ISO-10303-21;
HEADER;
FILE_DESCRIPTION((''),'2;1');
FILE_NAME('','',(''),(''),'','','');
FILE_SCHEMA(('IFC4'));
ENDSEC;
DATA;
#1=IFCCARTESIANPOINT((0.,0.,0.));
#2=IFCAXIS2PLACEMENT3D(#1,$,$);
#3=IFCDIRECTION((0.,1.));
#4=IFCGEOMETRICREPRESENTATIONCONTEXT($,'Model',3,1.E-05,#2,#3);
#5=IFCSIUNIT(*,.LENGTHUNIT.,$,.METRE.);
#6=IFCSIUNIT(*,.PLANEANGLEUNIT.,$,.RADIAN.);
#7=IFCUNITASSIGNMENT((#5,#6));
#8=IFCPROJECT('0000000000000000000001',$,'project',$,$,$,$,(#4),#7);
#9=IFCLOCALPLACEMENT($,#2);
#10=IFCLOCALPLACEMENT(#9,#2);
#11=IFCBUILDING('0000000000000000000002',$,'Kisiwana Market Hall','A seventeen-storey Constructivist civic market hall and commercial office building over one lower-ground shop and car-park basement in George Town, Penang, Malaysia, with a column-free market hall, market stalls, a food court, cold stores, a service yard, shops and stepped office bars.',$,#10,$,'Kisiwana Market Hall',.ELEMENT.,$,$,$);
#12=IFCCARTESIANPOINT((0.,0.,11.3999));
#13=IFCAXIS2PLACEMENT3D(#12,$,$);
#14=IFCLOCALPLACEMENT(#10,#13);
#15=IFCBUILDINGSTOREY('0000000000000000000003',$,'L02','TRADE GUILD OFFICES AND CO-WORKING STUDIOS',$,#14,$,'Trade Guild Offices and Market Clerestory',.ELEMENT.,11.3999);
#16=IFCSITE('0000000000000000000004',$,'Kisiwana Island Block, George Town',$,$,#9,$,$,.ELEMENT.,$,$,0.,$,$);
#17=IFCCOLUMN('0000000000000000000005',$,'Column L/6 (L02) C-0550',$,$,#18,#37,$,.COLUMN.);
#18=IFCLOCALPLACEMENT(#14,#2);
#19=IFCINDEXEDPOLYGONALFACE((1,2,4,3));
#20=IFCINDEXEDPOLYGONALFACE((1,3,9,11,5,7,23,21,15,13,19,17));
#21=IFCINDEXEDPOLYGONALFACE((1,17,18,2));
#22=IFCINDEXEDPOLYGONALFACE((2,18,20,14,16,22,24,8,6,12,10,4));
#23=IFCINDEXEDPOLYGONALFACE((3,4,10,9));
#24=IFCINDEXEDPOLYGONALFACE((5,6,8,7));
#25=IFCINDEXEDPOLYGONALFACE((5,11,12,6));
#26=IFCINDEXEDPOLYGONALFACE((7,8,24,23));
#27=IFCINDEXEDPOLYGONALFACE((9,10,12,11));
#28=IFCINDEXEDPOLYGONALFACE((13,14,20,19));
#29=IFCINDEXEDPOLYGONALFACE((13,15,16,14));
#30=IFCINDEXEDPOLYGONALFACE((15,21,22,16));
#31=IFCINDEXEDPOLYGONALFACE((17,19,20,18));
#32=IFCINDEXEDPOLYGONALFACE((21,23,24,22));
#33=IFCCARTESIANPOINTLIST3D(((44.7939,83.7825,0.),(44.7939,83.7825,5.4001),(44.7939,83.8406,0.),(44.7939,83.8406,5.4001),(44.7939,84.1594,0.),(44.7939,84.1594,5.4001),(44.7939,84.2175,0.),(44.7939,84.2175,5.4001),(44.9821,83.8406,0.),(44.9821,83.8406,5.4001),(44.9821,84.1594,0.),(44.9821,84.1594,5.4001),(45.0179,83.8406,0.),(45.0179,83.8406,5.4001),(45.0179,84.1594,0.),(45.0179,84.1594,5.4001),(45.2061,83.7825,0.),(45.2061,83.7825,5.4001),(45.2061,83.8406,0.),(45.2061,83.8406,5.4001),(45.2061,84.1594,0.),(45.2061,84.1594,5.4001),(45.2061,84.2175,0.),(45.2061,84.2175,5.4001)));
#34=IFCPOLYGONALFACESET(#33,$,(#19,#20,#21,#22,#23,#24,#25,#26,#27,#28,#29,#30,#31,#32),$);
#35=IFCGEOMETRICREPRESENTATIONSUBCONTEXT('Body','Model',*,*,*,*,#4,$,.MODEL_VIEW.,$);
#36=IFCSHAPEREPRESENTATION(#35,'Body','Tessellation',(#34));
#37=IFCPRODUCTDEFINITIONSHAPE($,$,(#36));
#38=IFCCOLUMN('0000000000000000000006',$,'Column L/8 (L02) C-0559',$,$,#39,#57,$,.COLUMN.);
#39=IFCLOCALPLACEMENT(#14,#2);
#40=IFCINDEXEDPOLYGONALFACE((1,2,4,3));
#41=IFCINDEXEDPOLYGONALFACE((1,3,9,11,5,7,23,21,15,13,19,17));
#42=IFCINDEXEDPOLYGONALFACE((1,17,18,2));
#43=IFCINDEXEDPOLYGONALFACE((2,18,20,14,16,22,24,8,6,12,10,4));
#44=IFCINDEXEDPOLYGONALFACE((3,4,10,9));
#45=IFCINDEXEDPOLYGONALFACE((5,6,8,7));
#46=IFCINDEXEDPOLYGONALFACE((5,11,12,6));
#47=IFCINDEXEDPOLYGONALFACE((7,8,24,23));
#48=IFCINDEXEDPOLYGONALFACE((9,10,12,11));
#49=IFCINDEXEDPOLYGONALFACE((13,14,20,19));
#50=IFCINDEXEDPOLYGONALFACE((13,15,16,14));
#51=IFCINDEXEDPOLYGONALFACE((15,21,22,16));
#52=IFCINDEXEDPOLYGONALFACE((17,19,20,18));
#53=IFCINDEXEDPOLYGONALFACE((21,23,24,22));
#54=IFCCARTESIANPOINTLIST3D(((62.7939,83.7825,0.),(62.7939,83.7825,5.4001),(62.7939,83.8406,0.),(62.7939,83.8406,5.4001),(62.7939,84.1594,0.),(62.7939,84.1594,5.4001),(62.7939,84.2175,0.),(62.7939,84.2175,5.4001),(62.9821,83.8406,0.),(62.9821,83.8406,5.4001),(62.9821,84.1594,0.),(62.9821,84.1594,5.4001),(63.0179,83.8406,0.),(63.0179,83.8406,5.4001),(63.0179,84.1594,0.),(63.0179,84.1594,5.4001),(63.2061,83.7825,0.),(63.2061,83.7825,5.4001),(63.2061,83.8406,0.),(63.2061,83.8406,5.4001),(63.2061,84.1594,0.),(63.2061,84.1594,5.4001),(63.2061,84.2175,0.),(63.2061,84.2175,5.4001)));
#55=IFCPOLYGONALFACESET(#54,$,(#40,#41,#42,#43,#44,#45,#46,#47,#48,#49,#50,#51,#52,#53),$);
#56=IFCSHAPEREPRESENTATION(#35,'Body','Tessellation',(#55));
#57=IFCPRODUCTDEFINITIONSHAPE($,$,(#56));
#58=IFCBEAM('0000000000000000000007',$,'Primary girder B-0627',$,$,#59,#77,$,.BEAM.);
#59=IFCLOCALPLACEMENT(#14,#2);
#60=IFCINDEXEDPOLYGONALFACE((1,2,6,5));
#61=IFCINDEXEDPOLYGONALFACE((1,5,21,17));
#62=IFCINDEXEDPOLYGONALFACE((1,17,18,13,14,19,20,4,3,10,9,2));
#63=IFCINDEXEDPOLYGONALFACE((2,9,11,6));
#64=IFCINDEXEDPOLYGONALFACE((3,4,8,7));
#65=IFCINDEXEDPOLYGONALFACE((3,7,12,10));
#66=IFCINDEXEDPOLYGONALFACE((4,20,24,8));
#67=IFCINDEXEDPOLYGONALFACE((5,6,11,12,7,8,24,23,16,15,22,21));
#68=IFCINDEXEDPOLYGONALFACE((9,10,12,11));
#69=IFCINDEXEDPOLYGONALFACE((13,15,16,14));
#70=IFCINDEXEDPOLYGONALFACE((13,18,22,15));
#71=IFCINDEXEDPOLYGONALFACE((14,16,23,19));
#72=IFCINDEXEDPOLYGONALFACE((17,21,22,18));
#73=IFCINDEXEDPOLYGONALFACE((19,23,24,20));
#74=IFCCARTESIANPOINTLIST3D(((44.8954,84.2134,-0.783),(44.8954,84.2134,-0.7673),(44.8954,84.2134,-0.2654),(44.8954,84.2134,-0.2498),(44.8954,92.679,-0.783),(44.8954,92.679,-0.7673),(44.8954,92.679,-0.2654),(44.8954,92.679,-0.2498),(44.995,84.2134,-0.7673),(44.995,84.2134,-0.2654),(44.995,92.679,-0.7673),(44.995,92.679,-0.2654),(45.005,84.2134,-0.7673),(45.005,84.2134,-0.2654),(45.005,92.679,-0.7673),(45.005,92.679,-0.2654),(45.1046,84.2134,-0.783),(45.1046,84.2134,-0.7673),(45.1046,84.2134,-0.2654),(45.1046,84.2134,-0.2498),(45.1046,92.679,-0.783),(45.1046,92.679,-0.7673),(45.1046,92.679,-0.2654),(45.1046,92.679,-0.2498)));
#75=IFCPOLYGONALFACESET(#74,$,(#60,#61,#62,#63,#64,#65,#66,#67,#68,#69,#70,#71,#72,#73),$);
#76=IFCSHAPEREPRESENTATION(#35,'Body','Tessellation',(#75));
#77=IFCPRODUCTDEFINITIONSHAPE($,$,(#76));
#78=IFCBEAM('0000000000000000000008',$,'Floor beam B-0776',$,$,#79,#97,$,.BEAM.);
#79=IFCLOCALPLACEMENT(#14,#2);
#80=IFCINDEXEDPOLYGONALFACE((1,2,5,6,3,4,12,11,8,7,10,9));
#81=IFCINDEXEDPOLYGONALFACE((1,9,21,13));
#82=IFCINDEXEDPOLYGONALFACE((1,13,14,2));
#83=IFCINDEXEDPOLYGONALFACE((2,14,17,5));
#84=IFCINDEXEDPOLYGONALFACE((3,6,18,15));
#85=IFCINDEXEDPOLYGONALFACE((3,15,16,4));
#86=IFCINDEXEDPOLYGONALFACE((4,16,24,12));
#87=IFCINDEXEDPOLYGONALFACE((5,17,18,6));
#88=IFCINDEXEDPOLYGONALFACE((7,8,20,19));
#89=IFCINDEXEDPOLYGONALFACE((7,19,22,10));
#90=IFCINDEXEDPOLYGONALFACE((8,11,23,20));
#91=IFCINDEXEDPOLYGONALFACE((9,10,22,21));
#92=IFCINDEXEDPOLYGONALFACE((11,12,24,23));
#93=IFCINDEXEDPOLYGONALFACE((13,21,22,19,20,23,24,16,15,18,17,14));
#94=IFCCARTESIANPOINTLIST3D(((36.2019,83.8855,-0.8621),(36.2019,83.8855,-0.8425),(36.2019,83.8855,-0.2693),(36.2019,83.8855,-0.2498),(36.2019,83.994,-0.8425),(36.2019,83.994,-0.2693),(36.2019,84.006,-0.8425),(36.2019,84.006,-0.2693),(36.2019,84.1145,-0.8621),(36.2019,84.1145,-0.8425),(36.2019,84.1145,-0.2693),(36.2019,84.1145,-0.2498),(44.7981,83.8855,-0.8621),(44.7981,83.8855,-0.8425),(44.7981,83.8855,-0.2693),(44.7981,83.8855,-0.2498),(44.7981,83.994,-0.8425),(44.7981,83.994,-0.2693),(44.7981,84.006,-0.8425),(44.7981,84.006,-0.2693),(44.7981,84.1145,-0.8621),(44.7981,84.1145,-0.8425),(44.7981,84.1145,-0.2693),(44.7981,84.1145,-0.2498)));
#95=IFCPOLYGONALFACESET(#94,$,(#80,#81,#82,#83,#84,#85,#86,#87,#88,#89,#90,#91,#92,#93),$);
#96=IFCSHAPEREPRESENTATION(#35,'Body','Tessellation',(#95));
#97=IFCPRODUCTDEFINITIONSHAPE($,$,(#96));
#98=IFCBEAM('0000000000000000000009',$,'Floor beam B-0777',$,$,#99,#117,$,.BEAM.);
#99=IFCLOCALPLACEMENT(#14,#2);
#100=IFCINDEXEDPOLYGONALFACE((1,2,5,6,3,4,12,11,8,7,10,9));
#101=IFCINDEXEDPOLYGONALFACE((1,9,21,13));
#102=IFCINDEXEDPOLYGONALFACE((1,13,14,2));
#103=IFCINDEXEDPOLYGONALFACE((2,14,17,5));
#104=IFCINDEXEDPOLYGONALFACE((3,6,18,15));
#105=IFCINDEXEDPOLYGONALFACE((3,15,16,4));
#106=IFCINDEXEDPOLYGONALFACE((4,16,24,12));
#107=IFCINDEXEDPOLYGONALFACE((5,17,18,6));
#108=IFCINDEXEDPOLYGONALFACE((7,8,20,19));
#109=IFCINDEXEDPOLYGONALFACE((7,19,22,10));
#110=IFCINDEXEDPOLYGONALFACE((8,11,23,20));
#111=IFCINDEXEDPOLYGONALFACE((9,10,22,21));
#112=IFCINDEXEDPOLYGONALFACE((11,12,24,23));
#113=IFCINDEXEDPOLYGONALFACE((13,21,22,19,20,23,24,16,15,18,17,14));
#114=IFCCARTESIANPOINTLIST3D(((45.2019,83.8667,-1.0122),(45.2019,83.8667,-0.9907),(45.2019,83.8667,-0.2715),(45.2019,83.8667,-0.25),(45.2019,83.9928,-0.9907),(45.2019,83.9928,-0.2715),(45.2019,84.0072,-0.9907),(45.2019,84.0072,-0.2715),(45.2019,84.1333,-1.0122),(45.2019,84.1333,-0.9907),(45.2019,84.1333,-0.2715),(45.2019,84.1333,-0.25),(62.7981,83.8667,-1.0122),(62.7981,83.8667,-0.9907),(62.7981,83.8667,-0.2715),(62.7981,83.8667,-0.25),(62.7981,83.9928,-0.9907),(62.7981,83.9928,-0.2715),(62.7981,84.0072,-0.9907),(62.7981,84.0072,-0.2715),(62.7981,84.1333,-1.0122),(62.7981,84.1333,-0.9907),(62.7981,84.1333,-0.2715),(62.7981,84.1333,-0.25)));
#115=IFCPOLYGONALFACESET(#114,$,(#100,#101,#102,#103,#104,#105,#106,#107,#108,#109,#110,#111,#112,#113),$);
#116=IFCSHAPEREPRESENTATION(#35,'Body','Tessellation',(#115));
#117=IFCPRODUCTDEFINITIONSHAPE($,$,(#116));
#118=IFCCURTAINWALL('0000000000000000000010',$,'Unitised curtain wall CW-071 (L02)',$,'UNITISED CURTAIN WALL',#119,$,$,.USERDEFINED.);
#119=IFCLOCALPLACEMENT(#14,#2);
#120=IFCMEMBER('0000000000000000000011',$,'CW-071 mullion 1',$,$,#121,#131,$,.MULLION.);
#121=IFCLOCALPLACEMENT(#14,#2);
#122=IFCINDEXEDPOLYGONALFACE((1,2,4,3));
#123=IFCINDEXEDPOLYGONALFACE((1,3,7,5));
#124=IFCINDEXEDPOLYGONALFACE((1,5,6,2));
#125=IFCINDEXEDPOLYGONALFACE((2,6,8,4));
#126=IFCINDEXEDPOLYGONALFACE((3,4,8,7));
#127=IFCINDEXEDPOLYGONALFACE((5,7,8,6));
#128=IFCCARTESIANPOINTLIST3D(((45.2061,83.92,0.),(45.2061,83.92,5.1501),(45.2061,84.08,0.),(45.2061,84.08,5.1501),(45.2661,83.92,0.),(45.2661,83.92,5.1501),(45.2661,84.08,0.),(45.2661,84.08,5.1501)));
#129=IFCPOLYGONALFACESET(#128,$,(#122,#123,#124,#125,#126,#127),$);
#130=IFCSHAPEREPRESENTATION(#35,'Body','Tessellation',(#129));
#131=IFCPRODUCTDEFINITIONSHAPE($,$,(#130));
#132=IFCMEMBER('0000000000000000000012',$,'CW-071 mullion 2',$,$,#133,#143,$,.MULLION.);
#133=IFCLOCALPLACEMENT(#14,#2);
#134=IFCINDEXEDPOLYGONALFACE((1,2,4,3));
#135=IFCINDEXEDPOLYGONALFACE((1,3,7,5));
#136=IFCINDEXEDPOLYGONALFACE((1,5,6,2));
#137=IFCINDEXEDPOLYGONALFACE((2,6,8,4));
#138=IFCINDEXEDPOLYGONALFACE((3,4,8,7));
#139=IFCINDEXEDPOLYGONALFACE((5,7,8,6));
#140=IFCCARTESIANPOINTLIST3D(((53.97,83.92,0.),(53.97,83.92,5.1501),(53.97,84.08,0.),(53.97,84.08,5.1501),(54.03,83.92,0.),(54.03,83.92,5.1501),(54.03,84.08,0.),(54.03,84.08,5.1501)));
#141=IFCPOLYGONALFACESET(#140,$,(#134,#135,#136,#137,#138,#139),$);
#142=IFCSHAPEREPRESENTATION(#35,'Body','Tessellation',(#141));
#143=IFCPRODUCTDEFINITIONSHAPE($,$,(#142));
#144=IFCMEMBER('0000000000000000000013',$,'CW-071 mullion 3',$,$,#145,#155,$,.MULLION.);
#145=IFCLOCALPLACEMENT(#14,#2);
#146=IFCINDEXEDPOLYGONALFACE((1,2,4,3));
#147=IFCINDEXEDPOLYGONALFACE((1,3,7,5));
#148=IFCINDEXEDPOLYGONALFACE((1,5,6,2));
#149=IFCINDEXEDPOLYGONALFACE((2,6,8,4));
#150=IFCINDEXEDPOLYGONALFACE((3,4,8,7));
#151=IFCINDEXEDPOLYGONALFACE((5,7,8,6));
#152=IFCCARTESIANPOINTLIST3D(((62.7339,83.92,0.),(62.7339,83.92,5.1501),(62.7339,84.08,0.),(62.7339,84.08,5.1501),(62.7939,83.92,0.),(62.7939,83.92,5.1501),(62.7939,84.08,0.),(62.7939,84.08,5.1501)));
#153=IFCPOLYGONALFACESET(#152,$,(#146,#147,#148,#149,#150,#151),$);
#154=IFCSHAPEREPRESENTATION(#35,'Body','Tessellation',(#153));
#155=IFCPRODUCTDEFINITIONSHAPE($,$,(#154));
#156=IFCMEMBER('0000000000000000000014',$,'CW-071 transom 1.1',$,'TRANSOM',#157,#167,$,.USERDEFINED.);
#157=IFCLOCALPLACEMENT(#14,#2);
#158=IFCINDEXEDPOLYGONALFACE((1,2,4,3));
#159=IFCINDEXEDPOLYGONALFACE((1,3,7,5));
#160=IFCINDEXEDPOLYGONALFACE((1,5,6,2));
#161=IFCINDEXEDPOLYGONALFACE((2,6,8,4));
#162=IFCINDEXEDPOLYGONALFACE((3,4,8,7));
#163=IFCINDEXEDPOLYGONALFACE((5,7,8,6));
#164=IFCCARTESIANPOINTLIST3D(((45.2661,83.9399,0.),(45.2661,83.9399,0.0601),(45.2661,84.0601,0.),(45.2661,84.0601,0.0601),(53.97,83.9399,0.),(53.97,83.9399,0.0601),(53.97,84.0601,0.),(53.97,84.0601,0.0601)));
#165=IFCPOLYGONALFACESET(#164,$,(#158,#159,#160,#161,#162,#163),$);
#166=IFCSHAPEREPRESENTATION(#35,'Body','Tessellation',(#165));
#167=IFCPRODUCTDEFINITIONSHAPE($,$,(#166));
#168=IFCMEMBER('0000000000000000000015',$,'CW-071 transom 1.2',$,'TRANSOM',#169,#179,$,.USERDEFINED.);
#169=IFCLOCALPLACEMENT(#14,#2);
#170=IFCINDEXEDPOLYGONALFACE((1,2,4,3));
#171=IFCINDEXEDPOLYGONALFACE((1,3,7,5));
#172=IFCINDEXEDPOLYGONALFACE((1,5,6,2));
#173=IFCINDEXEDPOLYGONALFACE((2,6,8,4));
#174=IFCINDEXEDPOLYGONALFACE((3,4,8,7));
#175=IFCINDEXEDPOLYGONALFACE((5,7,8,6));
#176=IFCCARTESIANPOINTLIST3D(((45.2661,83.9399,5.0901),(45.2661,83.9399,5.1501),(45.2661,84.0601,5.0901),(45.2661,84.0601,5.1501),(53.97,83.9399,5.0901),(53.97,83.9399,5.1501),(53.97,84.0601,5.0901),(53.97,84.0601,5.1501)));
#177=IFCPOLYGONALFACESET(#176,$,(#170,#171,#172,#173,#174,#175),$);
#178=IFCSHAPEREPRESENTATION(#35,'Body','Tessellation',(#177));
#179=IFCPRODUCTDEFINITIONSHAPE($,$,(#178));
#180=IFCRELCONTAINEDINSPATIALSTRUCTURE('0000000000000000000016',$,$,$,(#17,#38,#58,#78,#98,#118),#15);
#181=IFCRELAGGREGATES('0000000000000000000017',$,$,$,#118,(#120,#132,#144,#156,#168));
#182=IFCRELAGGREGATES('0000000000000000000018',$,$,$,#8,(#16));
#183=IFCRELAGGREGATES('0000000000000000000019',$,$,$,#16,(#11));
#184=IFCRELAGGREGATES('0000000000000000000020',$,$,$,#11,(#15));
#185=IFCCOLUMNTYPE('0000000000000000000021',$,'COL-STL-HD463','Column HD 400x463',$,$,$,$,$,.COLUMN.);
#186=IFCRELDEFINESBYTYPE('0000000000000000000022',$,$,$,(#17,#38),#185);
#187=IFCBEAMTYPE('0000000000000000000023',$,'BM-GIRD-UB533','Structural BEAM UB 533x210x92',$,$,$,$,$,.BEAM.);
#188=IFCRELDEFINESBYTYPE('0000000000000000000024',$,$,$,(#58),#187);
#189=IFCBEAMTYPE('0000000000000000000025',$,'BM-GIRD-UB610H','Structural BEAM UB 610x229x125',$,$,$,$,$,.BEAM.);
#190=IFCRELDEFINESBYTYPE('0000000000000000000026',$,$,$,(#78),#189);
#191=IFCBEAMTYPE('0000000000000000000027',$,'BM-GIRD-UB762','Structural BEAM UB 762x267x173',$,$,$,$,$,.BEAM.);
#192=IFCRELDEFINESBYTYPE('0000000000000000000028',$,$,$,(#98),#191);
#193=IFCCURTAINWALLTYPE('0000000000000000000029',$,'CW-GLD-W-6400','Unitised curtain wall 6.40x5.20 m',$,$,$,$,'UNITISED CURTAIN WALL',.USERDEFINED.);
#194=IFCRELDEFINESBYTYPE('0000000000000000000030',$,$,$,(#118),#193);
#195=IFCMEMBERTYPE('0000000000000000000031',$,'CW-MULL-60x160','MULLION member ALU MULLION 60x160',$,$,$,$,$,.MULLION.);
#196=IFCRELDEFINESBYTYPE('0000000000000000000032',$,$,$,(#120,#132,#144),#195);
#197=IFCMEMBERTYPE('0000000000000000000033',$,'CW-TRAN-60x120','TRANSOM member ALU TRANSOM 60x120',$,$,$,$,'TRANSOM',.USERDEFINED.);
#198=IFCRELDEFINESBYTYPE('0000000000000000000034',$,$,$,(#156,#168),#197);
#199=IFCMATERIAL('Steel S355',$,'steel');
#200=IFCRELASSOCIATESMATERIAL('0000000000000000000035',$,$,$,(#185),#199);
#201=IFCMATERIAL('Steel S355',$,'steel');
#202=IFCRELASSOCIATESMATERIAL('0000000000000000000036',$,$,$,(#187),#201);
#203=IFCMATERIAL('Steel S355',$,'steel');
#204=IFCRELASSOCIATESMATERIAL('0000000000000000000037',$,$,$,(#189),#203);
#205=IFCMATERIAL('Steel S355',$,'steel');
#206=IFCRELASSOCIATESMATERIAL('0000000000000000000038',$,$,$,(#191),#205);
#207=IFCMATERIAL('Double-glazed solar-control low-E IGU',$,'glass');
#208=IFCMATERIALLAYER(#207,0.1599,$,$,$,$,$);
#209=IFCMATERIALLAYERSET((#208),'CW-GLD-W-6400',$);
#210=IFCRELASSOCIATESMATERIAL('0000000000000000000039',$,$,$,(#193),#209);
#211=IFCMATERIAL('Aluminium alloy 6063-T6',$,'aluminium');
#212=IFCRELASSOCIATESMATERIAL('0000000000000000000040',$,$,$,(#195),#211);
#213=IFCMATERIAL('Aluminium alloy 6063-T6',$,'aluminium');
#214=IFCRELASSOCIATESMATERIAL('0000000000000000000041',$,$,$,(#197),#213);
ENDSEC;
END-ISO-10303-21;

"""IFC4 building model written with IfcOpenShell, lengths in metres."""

from ifc_helpers import new_model, si_unit, direction, frame, origin, origin_2d, place, context, subcontext, project, spatial, rectangle, i_section, extrude, material, layer, layer_set, material_profile, profile_set, type_object, element, aggregate, save


model = new_model("IFC4")

# Units and contexts
model_context = context("Model", 3, precision=1e-05, world=origin(), true_north=direction((0.0, 1.0)))
body_context = subcontext(model_context, "Body", "Model", "MODEL_VIEW")
ifc_project = project(units=[si_unit("LENGTHUNIT", "METRE"), si_unit("PLANEANGLEUNIT", "RADIAN")], contexts=[model_context])

# Site, building, storey
site_placement = place(None, origin())
site = spatial("IfcSite", under=ifc_project, at=site_placement, Name="Kisiwana Island Block, George Town", CompositionType="ELEMENT", RefElevation=0.0)
building_placement = place(site_placement, origin())
building = spatial("IfcBuilding", under=site, at=building_placement, Name="Kisiwana Market Hall", Description="A seventeen-storey Constructivist civic market hall and commercial office building over one lower-ground shop and car-park basement in George Town, Penang, Malaysia, with a column-free market hall, market stalls, a food court, cold stores, a service yard, shops and stepped office bars.", LongName="Kisiwana Market Hall", CompositionType="ELEMENT")
storey_placement = place(building_placement, frame((0.0, 0.0, 11.3999)))
storey = spatial("IfcBuildingStorey", under=building, at=storey_placement, Name="L02", Description="TRADE GUILD OFFICES AND CO-WORKING STUDIOS", LongName="Trade Guild Offices and Market Clerestory", CompositionType="ELEMENT", Elevation=11.3999)

# Columns
ifc_material_1 = material(Name="Steel S355", Category="steel")
ifc_material_profile_1 = material_profile(ifc_material_1, i_section(OverallWidth=0.4121, OverallDepth=0.4351, WebThickness=0.0359, FlangeThickness=0.0581, at=origin_2d()), Name="HD 400x463")
ifc_profile_set_1 = profile_set([ifc_material_profile_1], Name="Steel S355")
column_type = type_object("IfcColumnType", Name="COL-STL-HD463", Description="Column HD 400x463", PredefinedType="COLUMN", material=ifc_profile_set_1)
for number, where, z_axis, x_axis, name in (
    (1, (45.0, 84.0, 0.0), (0.0, 0.0, 1.0), (1.0, 0.0, 0.0), "Column L/6 (L02) C-0550"),
    (2, (63.0, 84.0, 0.0), (0.0, 0.0, 1.0), (1.0, 0.0, 0.0), "Column L/8 (L02) C-0559"),
):
    element("IfcColumn", number, at=place(storey_placement, frame(where, z_axis=z_axis, x_axis=x_axis)), inside=storey, type_object=column_type, Name=name, PredefinedType="COLUMN", context=body_context, shape_type="SweptSolid", body=[
        extrude(i_section(OverallWidth=0.4121, OverallDepth=0.4351, WebThickness=0.0359, FlangeThickness=0.0581, at=origin_2d()), origin(), (0.0, 0.0, 1.0), 5.4001),
    ])

# Beams
ifc_material_2 = material(Name="Steel S355", Category="steel")
ifc_material_profile_2 = material_profile(ifc_material_2, i_section(OverallWidth=0.2092, OverallDepth=0.5332, WebThickness=0.01, FlangeThickness=0.0156, at=origin_2d()), Name="UB 533x210x92")
ifc_profile_set_2 = profile_set([ifc_material_profile_2], Name="Steel S355")
beam_type_1 = type_object("IfcBeamType", Name="BM-GIRD-UB533", Description="Structural BEAM UB 533x210x92", PredefinedType="BEAM", material=ifc_profile_set_2)
beam_1_placement = place(storey_placement, frame((45.0, 84.2134, -0.5164), z_axis=(0.0, 1.0, 0.0), x_axis=(-1.0, 0.0, 0.0)))
element("IfcBeam", 3, at=beam_1_placement, inside=storey, type_object=beam_type_1, Name="Primary girder B-0627", PredefinedType="BEAM", context=body_context, shape_type="SweptSolid", body=[
    extrude(i_section(OverallWidth=0.2092, OverallDepth=0.5332, WebThickness=0.01, FlangeThickness=0.0156, at=origin_2d()), origin(), (0.0, 0.0, 1.0), 8.4656),
])
ifc_material_3 = material(Name="Steel S355", Category="steel")
ifc_material_profile_3 = material_profile(ifc_material_3, i_section(OverallWidth=0.229, OverallDepth=0.6123, WebThickness=0.012, FlangeThickness=0.0195, at=origin_2d()), Name="UB 610x229x125")
ifc_profile_set_3 = profile_set([ifc_material_profile_3], Name="Steel S355")
beam_type_2 = type_object("IfcBeamType", Name="BM-GIRD-UB610H", Description="Structural BEAM UB 610x229x125", PredefinedType="BEAM", material=ifc_profile_set_3)
beam_2_placement = place(storey_placement, frame((36.2019, 84.0, -0.5559), z_axis=(1.0, 0.0, 0.0), x_axis=(0.0, 1.0, 0.0)))
element("IfcBeam", 4, at=beam_2_placement, inside=storey, type_object=beam_type_2, Name="Floor beam B-0776", PredefinedType="BEAM", context=body_context, shape_type="SweptSolid", body=[
    extrude(i_section(OverallWidth=0.229, OverallDepth=0.6123, WebThickness=0.012, FlangeThickness=0.0195, at=origin_2d()), origin(), (0.0, 0.0, 1.0), 8.5962),
])
ifc_material_4 = material(Name="Steel S355", Category="steel")
ifc_material_profile_4 = material_profile(ifc_material_4, i_section(OverallWidth=0.2666, OverallDepth=0.7622, WebThickness=0.0144, FlangeThickness=0.0215, at=origin_2d()), Name="UB 762x267x173")
ifc_profile_set_4 = profile_set([ifc_material_profile_4], Name="Steel S355")
beam_type_3 = type_object("IfcBeamType", Name="BM-GIRD-UB762", Description="Structural BEAM UB 762x267x173", PredefinedType="BEAM", material=ifc_profile_set_4)
beam_3_placement = place(storey_placement, frame((45.2019, 84.0, -0.6311), z_axis=(1.0, 0.0, 0.0), x_axis=(0.0, 1.0, 0.0)))
element("IfcBeam", 5, at=beam_3_placement, inside=storey, type_object=beam_type_3, Name="Floor beam B-0777", PredefinedType="BEAM", context=body_context, shape_type="SweptSolid", body=[
    extrude(i_section(OverallWidth=0.2666, OverallDepth=0.7622, WebThickness=0.0144, FlangeThickness=0.0215, at=origin_2d()), origin(), (0.0, 0.0, 1.0), 17.5962),
])

# Curtain wall, members
ifc_material_5 = material(Name="Double-glazed solar-control low-E IGU", Category="glass")
ifc_layer_1 = layer(ifc_material_5, 0.1599)
ifc_layer_set_1 = layer_set([ifc_layer_1], Name="CW-GLD-W-6400")
curtain_wall_type = type_object("IfcCurtainWallType", Name="CW-GLD-W-6400", Description="Unitised curtain wall 6.40x5.20 m", ElementType="UNITISED CURTAIN WALL", PredefinedType="USERDEFINED", material=ifc_layer_set_1)
curtain_wall_placement = place(storey_placement, origin())
curtain_wall = element("IfcCurtainWall", 6, at=curtain_wall_placement, inside=storey, type_object=curtain_wall_type, Name="Unitised curtain wall CW-071 (L02)", ObjectType="UNITISED CURTAIN WALL", PredefinedType="USERDEFINED")
ifc_material_6 = material(Name="Aluminium alloy 6063-T6", Category="aluminium")
ifc_material_profile_5 = material_profile(ifc_material_6, rectangle(XDim=0.0601, YDim=0.1599, at=origin_2d()), Name="ALU MULLION 60x160")
ifc_profile_set_5 = profile_set([ifc_material_profile_5], Name="Aluminium alloy 6063-T6")
member_type_1 = type_object("IfcMemberType", Name="CW-MULL-60x160", Description="MULLION member ALU MULLION 60x160", PredefinedType="MULLION", material=ifc_profile_set_5)
member_1_placement = place(storey_placement, frame((45.2361, 84.0, 0.0), z_axis=(0.0, 0.0, 1.0), x_axis=(1.0, 0.0, 0.0)))
member_1 = element("IfcMember", 7, at=member_1_placement, type_object=member_type_1, Name="CW-071 mullion 1", PredefinedType="MULLION", context=body_context, shape_type="SweptSolid", body=[
    extrude(rectangle(XDim=0.0601, YDim=0.1599, at=origin_2d()), origin(), (0.0, 0.0, 1.0), 5.1501),
])
member_2_placement = place(storey_placement, frame((54.0, 84.0, 0.0), z_axis=(0.0, 0.0, 1.0), x_axis=(1.0, 0.0, 0.0)))
member_2 = element("IfcMember", 8, at=member_2_placement, type_object=member_type_1, Name="CW-071 mullion 2", PredefinedType="MULLION", context=body_context, shape_type="SweptSolid", body=[
    extrude(rectangle(XDim=0.0601, YDim=0.1599, at=origin_2d()), origin(), (0.0, 0.0, 1.0), 5.1501),
])
member_3_placement = place(storey_placement, frame((62.7639, 84.0, 0.0), z_axis=(0.0, 0.0, 1.0), x_axis=(1.0, 0.0, 0.0)))
member_3 = element("IfcMember", 9, at=member_3_placement, type_object=member_type_1, Name="CW-071 mullion 3", PredefinedType="MULLION", context=body_context, shape_type="SweptSolid", body=[
    extrude(rectangle(XDim=0.0601, YDim=0.1599, at=origin_2d()), origin(), (0.0, 0.0, 1.0), 5.1501),
])
ifc_material_7 = material(Name="Aluminium alloy 6063-T6", Category="aluminium")
ifc_material_profile_6 = material_profile(ifc_material_7, rectangle(XDim=0.1201, YDim=0.0601, at=origin_2d()), Name="ALU TRANSOM 60x120")
ifc_profile_set_6 = profile_set([ifc_material_profile_6], Name="Aluminium alloy 6063-T6")
member_type_2 = type_object("IfcMemberType", Name="CW-TRAN-60x120", Description="TRANSOM member ALU TRANSOM 60x120", ElementType="TRANSOM", PredefinedType="USERDEFINED", material=ifc_profile_set_6)
member_4_placement = place(storey_placement, frame((45.2661, 84.0, 0.03), z_axis=(1.0, 0.0, 0.0), x_axis=(0.0, 1.0, 0.0)))
member_4 = element("IfcMember", 10, at=member_4_placement, type_object=member_type_2, Name="CW-071 transom 1.1", ObjectType="TRANSOM", PredefinedType="USERDEFINED", context=body_context, shape_type="SweptSolid", body=[
    extrude(rectangle(XDim=0.1201, YDim=0.0601, at=origin_2d()), origin(), (0.0, 0.0, 1.0), 8.7039),
])
member_5_placement = place(storey_placement, frame((45.2661, 84.0, 5.1201), z_axis=(1.0, 0.0, 0.0), x_axis=(0.0, 1.0, 0.0)))
member_5 = element("IfcMember", 11, at=member_5_placement, type_object=member_type_2, Name="CW-071 transom 1.2", ObjectType="TRANSOM", PredefinedType="USERDEFINED", context=body_context, shape_type="SweptSolid", body=[
    extrude(rectangle(XDim=0.1201, YDim=0.0601, at=origin_2d()), origin(), (0.0, 0.0, 1.0), 8.7039),
])
aggregate(curtain_wall, [member_1, member_2, member_3, member_4, member_5])

save(model, "model.ifc")
